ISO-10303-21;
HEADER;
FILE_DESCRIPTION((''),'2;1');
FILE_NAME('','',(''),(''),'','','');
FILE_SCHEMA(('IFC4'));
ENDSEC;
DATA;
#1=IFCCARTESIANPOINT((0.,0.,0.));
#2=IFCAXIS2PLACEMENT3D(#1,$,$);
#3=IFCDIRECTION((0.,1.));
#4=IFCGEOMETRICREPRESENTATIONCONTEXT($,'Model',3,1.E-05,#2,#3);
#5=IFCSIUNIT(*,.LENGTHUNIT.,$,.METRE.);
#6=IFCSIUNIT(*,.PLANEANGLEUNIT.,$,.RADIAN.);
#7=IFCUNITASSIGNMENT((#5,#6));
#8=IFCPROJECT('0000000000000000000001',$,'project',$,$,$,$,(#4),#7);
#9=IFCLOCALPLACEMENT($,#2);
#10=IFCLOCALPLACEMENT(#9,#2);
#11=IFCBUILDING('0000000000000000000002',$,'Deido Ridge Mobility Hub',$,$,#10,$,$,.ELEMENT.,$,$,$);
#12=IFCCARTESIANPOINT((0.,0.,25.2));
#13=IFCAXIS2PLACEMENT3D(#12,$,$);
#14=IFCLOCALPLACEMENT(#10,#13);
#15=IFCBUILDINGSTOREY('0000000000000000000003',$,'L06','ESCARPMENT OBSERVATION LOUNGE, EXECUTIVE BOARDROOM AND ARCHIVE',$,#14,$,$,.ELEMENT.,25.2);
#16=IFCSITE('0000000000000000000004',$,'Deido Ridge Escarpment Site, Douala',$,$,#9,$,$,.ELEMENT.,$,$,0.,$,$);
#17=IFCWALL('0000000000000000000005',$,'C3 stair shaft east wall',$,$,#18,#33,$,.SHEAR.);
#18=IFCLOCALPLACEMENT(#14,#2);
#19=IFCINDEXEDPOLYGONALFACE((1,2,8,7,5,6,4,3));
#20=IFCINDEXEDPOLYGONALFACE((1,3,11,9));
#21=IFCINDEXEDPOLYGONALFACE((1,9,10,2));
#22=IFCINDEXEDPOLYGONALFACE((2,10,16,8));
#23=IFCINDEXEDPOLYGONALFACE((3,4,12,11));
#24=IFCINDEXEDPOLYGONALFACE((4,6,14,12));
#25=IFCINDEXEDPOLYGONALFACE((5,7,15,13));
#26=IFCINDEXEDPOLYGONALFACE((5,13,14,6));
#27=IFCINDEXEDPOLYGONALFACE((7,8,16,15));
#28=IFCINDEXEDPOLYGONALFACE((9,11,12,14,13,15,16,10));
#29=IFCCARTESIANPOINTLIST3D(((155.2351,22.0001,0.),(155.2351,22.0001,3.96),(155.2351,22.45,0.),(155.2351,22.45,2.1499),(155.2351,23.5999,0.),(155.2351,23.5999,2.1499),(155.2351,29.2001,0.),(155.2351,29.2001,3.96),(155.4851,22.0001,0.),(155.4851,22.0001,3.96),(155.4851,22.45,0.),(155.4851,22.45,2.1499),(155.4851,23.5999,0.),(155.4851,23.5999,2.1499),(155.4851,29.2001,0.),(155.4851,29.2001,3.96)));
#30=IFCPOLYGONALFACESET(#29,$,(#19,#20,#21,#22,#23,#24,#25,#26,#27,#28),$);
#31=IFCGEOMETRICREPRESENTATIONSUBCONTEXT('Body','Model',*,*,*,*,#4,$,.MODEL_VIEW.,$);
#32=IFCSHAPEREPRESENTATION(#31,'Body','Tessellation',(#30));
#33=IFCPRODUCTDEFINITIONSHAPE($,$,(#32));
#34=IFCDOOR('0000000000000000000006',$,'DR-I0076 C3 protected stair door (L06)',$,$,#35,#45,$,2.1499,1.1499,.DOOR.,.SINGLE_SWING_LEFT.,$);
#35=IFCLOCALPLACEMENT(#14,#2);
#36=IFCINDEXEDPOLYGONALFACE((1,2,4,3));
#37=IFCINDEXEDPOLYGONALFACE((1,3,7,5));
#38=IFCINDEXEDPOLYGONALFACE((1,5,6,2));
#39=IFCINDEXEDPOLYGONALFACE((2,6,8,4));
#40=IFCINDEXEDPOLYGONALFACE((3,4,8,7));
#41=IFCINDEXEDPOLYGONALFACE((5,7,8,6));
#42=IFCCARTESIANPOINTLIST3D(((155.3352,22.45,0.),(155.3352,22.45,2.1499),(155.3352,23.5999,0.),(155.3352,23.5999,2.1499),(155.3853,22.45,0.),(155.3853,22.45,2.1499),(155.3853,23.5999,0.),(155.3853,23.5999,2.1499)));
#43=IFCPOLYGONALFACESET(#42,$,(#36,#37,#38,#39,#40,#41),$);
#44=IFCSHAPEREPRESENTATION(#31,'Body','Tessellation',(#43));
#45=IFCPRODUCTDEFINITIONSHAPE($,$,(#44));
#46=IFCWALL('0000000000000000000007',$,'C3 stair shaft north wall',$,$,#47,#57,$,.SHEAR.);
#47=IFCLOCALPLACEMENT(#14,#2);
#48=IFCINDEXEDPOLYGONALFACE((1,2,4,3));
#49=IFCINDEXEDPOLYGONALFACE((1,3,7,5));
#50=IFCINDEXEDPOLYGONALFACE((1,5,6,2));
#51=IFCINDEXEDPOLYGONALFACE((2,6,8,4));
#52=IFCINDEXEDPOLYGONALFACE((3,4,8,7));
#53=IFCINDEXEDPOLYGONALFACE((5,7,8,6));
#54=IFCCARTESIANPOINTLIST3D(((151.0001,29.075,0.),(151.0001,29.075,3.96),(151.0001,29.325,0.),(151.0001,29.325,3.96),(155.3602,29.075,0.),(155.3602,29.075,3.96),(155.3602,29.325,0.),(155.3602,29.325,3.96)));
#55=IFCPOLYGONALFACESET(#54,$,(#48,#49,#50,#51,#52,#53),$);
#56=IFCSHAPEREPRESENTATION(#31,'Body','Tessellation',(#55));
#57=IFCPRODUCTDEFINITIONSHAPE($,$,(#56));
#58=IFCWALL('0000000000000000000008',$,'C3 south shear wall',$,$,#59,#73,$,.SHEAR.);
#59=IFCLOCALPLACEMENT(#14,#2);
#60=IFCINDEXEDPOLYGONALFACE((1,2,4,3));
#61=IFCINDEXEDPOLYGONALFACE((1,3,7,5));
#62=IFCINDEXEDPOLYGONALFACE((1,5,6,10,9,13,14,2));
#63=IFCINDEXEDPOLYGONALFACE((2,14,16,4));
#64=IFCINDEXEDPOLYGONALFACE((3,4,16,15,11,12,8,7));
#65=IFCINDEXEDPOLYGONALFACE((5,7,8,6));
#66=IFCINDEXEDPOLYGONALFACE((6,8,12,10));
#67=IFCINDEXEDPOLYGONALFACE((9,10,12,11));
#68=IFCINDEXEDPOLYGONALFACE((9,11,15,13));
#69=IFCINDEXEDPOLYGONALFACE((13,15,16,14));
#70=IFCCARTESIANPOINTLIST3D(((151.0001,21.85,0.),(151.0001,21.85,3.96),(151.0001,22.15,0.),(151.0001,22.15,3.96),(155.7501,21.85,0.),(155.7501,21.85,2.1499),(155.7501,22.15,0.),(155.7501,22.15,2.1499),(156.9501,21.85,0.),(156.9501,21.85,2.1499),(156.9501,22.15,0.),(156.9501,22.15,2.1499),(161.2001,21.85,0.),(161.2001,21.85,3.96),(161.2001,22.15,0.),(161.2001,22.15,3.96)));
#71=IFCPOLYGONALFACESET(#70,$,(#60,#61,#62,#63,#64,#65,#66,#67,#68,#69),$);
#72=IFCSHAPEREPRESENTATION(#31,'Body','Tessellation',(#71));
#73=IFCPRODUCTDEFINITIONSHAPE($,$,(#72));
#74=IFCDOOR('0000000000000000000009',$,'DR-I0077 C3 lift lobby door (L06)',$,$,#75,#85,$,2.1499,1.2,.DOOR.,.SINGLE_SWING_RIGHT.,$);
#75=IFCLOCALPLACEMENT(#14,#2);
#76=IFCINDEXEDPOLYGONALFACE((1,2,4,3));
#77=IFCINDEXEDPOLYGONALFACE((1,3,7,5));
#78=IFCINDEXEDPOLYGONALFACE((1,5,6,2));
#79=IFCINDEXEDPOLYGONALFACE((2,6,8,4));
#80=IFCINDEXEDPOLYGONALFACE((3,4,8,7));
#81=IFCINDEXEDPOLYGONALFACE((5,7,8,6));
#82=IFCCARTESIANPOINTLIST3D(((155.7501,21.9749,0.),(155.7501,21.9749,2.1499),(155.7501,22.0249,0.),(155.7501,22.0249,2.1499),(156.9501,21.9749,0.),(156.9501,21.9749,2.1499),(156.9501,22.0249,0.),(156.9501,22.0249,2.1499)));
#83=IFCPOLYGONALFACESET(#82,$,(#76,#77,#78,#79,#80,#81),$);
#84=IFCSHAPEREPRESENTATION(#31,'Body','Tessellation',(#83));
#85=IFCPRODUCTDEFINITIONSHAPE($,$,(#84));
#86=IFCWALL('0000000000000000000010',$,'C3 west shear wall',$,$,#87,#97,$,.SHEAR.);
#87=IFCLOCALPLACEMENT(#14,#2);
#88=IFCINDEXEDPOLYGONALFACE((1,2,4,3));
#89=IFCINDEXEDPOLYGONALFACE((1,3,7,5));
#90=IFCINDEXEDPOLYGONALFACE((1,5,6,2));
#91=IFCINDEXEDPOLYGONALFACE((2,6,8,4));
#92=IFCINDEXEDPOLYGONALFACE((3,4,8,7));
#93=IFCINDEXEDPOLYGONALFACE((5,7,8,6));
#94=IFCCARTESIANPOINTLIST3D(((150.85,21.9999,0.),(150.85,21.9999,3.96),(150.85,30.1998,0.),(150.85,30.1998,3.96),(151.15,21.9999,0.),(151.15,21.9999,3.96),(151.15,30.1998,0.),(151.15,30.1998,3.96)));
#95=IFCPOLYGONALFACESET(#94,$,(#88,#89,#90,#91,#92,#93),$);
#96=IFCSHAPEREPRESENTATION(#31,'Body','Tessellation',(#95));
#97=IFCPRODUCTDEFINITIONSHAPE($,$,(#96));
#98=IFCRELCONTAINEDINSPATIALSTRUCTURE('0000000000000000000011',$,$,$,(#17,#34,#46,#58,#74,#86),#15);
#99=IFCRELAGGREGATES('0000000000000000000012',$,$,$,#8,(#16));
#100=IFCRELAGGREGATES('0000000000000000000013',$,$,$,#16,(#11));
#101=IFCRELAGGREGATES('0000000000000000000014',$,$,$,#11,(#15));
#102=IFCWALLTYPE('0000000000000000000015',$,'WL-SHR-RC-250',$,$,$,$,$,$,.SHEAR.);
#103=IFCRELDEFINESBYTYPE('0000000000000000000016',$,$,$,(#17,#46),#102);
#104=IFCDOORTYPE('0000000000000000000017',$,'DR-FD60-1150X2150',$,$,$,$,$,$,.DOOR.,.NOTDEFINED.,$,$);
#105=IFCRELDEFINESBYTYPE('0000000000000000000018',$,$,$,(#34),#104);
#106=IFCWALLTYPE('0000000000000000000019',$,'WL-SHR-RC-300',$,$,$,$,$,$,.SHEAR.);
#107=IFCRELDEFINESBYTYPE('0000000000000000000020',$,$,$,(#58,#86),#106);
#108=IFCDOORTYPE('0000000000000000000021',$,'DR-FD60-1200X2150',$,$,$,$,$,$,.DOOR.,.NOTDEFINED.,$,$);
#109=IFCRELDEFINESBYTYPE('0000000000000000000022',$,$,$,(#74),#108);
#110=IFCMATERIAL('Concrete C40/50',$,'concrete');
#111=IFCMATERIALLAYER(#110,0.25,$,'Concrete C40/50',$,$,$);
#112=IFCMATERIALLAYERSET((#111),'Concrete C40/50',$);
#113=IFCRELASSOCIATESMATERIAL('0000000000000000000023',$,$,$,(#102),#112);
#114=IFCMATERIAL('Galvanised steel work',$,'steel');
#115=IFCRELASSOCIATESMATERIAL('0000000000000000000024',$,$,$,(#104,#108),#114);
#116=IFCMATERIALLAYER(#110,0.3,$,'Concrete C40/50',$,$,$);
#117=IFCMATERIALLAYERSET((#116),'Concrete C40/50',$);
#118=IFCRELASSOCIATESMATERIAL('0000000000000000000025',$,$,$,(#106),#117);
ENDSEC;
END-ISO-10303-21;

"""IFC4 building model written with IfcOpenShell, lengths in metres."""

from ifc_helpers import new_model, si_unit, direction, frame, frame_2d, origin, place, context, subcontext, project, spatial, rectangle, extrude, material, layer, layer_set, type_object, element, fill, save


model = new_model("IFC4")

# Units and contexts
model_context = context("Model", 3, precision=1e-05, world=origin(), true_north=direction((0.0, 1.0)))
body_context = subcontext(model_context, "Body", "Model", "MODEL_VIEW")
ifc_project = project(units=[si_unit("LENGTHUNIT", "METRE"), si_unit("PLANEANGLEUNIT", "RADIAN")], contexts=[model_context])

# Site, building, storey
site_placement = place(None, origin())
site = spatial("IfcSite", under=ifc_project, at=site_placement, Name="Deido Ridge Escarpment Site, Douala", CompositionType="ELEMENT", RefElevation=0.0)
building_placement = place(site_placement, origin())
building = spatial("IfcBuilding", under=site, at=building_placement, Name="Deido Ridge Mobility Hub", CompositionType="ELEMENT")
storey_placement = place(building_placement, frame((0.0, 0.0, 25.2)))
storey = spatial("IfcBuildingStorey", under=building, at=storey_placement, Name="L06", Description="ESCARPMENT OBSERVATION LOUNGE, EXECUTIVE BOARDROOM AND ARCHIVE", CompositionType="ELEMENT", Elevation=25.2)

# Wall, opening, door
ifc_material_1 = material(Name="Concrete C40/50", Category="concrete")
ifc_layer_1 = layer(ifc_material_1, 0.25, Name="Concrete C40/50")
ifc_layer_set_1 = layer_set([ifc_layer_1], Name="Concrete C40/50")
wall_type_1 = type_object("IfcWallType", Name="WL-SHR-RC-250", PredefinedType="SHEAR", material=ifc_layer_set_1)
wall_1_placement = place(storey_placement, frame((155.3601, 22.0, 0.0), z_axis=(0.0, 0.0, 1.0), x_axis=(0.0, 1.0, 0.0)))
wall_1 = element("IfcWall", 1, at=wall_1_placement, inside=storey, type_object=wall_type_1, Name="C3 stair shaft east wall", PredefinedType="SHEAR", context=body_context, shape_type="SweptSolid", body=[
    extrude(rectangle(XDim=7.2, YDim=0.25, at=frame_2d((3.6001, 0.0))), origin(), (0.0, 0.0, 1.0), 3.96),
])
opening_1_placement = place(wall_1_placement, frame((0.45, 0.0, 0.0)))
opening_1 = element("IfcOpeningElement", 2, at=opening_1_placement, cuts=wall_1, PredefinedType="OPENING", context=body_context, shape_type="SweptSolid", body=[
    extrude(rectangle(XDim=1.1499, YDim=2.1499, at=frame_2d((0.575, 1.075))), frame((0.0, 0.135, 0.0), z_axis=(0.0, -1.0, 0.0), x_axis=(1.0, 0.0, 0.0)), (0.0, 0.0, 1.0), 0.27),
])
ifc_material_2 = material(Name="Galvanised steel work", Category="steel")
door_type_1 = type_object("IfcDoorType", Name="DR-FD60-1150X2150", OperationType="NOTDEFINED", PredefinedType="DOOR", material=ifc_material_2)
door_1_placement = place(opening_1_placement, origin())
door_1 = element("IfcDoor", 3, at=door_1_placement, inside=storey, type_object=door_type_1, Name="DR-I0076 C3 protected stair door (L06)", OperationType="SINGLE_SWING_LEFT", OverallHeight=2.1499, OverallWidth=1.1499, PredefinedType="DOOR", context=body_context, shape_type="SweptSolid", body=[
    extrude(rectangle(XDim=1.1499, YDim=2.1499, at=frame_2d((0.575, 1.075))), frame((0.0, 0.0249, 0.0), z_axis=(0.0, -1.0, 0.0), x_axis=(1.0, 0.0, 0.0)), (0.0, 0.0, 1.0), 0.05),
])
fill(opening_1, door_1)

# Wall
wall_2_placement = place(storey_placement, frame((151.0, 29.2, 0.0), z_axis=(0.0, 0.0, 1.0), x_axis=(1.0, 0.0, 0.0)))
element("IfcWall", 4, at=wall_2_placement, inside=storey, type_object=wall_type_1, Name="C3 stair shaft north wall", PredefinedType="SHEAR", context=body_context, shape_type="SweptSolid", body=[
    extrude(rectangle(XDim=4.3601, YDim=0.25, at=frame_2d((2.1802, 0.0))), origin(), (0.0, 0.0, 1.0), 3.96),
])

# Wall, opening, door
ifc_layer_2 = layer(ifc_material_1, 0.3, Name="Concrete C40/50")
ifc_layer_set_2 = layer_set([ifc_layer_2], Name="Concrete C40/50")
wall_type_2 = type_object("IfcWallType", Name="WL-SHR-RC-300", PredefinedType="SHEAR", material=ifc_layer_set_2)
wall_3_placement = place(storey_placement, frame((151.0, 22.0, 0.0), z_axis=(0.0, 0.0, 1.0), x_axis=(1.0, 0.0, 0.0)))
wall_3 = element("IfcWall", 5, at=wall_3_placement, inside=storey, type_object=wall_type_2, Name="C3 south shear wall", PredefinedType="SHEAR", context=body_context, shape_type="SweptSolid", body=[
    extrude(rectangle(XDim=10.2, YDim=0.3, at=frame_2d((5.1001, 0.0))), origin(), (0.0, 0.0, 1.0), 3.96),
])
opening_2_placement = place(wall_3_placement, frame((4.75, 0.0, 0.0)))
opening_2 = element("IfcOpeningElement", 6, at=opening_2_placement, cuts=wall_3, PredefinedType="OPENING", context=body_context, shape_type="SweptSolid", body=[
    extrude(rectangle(XDim=1.2, YDim=2.1499, at=frame_2d((0.6001, 1.075))), frame((0.0, 0.1602, 0.0), z_axis=(0.0, -1.0, 0.0), x_axis=(1.0, 0.0, 0.0)), (0.0, 0.0, 1.0), 0.3201),
])
door_type_2 = type_object("IfcDoorType", Name="DR-FD60-1200X2150", OperationType="NOTDEFINED", PredefinedType="DOOR", material=ifc_material_2)
door_2_placement = place(opening_2_placement, origin())
door_2 = element("IfcDoor", 7, at=door_2_placement, inside=storey, type_object=door_type_2, Name="DR-I0077 C3 lift lobby door (L06)", OperationType="SINGLE_SWING_RIGHT", OverallHeight=2.1499, OverallWidth=1.2, PredefinedType="DOOR", context=body_context, shape_type="SweptSolid", body=[
    extrude(rectangle(XDim=1.2, YDim=2.1499, at=frame_2d((0.6001, 1.075))), frame((0.0, 0.0249, 0.0), z_axis=(0.0, -1.0, 0.0), x_axis=(1.0, 0.0, 0.0)), (0.0, 0.0, 1.0), 0.05),
])
fill(opening_2, door_2)

# Wall
wall_4_placement = place(storey_placement, frame((151.0, 30.2, 0.0), z_axis=(0.0, 0.0, 1.0), x_axis=(0.0, -1.0, 0.0)))
element("IfcWall", 8, at=wall_4_placement, inside=storey, type_object=wall_type_2, Name="C3 west shear wall", PredefinedType="SHEAR", context=body_context, shape_type="SweptSolid", body=[
    extrude(rectangle(XDim=8.2, YDim=0.3, at=frame_2d((4.1001, 0.0))), origin(), (0.0, 0.0, 1.0), 3.96),
])

save(model, "model.ifc")
